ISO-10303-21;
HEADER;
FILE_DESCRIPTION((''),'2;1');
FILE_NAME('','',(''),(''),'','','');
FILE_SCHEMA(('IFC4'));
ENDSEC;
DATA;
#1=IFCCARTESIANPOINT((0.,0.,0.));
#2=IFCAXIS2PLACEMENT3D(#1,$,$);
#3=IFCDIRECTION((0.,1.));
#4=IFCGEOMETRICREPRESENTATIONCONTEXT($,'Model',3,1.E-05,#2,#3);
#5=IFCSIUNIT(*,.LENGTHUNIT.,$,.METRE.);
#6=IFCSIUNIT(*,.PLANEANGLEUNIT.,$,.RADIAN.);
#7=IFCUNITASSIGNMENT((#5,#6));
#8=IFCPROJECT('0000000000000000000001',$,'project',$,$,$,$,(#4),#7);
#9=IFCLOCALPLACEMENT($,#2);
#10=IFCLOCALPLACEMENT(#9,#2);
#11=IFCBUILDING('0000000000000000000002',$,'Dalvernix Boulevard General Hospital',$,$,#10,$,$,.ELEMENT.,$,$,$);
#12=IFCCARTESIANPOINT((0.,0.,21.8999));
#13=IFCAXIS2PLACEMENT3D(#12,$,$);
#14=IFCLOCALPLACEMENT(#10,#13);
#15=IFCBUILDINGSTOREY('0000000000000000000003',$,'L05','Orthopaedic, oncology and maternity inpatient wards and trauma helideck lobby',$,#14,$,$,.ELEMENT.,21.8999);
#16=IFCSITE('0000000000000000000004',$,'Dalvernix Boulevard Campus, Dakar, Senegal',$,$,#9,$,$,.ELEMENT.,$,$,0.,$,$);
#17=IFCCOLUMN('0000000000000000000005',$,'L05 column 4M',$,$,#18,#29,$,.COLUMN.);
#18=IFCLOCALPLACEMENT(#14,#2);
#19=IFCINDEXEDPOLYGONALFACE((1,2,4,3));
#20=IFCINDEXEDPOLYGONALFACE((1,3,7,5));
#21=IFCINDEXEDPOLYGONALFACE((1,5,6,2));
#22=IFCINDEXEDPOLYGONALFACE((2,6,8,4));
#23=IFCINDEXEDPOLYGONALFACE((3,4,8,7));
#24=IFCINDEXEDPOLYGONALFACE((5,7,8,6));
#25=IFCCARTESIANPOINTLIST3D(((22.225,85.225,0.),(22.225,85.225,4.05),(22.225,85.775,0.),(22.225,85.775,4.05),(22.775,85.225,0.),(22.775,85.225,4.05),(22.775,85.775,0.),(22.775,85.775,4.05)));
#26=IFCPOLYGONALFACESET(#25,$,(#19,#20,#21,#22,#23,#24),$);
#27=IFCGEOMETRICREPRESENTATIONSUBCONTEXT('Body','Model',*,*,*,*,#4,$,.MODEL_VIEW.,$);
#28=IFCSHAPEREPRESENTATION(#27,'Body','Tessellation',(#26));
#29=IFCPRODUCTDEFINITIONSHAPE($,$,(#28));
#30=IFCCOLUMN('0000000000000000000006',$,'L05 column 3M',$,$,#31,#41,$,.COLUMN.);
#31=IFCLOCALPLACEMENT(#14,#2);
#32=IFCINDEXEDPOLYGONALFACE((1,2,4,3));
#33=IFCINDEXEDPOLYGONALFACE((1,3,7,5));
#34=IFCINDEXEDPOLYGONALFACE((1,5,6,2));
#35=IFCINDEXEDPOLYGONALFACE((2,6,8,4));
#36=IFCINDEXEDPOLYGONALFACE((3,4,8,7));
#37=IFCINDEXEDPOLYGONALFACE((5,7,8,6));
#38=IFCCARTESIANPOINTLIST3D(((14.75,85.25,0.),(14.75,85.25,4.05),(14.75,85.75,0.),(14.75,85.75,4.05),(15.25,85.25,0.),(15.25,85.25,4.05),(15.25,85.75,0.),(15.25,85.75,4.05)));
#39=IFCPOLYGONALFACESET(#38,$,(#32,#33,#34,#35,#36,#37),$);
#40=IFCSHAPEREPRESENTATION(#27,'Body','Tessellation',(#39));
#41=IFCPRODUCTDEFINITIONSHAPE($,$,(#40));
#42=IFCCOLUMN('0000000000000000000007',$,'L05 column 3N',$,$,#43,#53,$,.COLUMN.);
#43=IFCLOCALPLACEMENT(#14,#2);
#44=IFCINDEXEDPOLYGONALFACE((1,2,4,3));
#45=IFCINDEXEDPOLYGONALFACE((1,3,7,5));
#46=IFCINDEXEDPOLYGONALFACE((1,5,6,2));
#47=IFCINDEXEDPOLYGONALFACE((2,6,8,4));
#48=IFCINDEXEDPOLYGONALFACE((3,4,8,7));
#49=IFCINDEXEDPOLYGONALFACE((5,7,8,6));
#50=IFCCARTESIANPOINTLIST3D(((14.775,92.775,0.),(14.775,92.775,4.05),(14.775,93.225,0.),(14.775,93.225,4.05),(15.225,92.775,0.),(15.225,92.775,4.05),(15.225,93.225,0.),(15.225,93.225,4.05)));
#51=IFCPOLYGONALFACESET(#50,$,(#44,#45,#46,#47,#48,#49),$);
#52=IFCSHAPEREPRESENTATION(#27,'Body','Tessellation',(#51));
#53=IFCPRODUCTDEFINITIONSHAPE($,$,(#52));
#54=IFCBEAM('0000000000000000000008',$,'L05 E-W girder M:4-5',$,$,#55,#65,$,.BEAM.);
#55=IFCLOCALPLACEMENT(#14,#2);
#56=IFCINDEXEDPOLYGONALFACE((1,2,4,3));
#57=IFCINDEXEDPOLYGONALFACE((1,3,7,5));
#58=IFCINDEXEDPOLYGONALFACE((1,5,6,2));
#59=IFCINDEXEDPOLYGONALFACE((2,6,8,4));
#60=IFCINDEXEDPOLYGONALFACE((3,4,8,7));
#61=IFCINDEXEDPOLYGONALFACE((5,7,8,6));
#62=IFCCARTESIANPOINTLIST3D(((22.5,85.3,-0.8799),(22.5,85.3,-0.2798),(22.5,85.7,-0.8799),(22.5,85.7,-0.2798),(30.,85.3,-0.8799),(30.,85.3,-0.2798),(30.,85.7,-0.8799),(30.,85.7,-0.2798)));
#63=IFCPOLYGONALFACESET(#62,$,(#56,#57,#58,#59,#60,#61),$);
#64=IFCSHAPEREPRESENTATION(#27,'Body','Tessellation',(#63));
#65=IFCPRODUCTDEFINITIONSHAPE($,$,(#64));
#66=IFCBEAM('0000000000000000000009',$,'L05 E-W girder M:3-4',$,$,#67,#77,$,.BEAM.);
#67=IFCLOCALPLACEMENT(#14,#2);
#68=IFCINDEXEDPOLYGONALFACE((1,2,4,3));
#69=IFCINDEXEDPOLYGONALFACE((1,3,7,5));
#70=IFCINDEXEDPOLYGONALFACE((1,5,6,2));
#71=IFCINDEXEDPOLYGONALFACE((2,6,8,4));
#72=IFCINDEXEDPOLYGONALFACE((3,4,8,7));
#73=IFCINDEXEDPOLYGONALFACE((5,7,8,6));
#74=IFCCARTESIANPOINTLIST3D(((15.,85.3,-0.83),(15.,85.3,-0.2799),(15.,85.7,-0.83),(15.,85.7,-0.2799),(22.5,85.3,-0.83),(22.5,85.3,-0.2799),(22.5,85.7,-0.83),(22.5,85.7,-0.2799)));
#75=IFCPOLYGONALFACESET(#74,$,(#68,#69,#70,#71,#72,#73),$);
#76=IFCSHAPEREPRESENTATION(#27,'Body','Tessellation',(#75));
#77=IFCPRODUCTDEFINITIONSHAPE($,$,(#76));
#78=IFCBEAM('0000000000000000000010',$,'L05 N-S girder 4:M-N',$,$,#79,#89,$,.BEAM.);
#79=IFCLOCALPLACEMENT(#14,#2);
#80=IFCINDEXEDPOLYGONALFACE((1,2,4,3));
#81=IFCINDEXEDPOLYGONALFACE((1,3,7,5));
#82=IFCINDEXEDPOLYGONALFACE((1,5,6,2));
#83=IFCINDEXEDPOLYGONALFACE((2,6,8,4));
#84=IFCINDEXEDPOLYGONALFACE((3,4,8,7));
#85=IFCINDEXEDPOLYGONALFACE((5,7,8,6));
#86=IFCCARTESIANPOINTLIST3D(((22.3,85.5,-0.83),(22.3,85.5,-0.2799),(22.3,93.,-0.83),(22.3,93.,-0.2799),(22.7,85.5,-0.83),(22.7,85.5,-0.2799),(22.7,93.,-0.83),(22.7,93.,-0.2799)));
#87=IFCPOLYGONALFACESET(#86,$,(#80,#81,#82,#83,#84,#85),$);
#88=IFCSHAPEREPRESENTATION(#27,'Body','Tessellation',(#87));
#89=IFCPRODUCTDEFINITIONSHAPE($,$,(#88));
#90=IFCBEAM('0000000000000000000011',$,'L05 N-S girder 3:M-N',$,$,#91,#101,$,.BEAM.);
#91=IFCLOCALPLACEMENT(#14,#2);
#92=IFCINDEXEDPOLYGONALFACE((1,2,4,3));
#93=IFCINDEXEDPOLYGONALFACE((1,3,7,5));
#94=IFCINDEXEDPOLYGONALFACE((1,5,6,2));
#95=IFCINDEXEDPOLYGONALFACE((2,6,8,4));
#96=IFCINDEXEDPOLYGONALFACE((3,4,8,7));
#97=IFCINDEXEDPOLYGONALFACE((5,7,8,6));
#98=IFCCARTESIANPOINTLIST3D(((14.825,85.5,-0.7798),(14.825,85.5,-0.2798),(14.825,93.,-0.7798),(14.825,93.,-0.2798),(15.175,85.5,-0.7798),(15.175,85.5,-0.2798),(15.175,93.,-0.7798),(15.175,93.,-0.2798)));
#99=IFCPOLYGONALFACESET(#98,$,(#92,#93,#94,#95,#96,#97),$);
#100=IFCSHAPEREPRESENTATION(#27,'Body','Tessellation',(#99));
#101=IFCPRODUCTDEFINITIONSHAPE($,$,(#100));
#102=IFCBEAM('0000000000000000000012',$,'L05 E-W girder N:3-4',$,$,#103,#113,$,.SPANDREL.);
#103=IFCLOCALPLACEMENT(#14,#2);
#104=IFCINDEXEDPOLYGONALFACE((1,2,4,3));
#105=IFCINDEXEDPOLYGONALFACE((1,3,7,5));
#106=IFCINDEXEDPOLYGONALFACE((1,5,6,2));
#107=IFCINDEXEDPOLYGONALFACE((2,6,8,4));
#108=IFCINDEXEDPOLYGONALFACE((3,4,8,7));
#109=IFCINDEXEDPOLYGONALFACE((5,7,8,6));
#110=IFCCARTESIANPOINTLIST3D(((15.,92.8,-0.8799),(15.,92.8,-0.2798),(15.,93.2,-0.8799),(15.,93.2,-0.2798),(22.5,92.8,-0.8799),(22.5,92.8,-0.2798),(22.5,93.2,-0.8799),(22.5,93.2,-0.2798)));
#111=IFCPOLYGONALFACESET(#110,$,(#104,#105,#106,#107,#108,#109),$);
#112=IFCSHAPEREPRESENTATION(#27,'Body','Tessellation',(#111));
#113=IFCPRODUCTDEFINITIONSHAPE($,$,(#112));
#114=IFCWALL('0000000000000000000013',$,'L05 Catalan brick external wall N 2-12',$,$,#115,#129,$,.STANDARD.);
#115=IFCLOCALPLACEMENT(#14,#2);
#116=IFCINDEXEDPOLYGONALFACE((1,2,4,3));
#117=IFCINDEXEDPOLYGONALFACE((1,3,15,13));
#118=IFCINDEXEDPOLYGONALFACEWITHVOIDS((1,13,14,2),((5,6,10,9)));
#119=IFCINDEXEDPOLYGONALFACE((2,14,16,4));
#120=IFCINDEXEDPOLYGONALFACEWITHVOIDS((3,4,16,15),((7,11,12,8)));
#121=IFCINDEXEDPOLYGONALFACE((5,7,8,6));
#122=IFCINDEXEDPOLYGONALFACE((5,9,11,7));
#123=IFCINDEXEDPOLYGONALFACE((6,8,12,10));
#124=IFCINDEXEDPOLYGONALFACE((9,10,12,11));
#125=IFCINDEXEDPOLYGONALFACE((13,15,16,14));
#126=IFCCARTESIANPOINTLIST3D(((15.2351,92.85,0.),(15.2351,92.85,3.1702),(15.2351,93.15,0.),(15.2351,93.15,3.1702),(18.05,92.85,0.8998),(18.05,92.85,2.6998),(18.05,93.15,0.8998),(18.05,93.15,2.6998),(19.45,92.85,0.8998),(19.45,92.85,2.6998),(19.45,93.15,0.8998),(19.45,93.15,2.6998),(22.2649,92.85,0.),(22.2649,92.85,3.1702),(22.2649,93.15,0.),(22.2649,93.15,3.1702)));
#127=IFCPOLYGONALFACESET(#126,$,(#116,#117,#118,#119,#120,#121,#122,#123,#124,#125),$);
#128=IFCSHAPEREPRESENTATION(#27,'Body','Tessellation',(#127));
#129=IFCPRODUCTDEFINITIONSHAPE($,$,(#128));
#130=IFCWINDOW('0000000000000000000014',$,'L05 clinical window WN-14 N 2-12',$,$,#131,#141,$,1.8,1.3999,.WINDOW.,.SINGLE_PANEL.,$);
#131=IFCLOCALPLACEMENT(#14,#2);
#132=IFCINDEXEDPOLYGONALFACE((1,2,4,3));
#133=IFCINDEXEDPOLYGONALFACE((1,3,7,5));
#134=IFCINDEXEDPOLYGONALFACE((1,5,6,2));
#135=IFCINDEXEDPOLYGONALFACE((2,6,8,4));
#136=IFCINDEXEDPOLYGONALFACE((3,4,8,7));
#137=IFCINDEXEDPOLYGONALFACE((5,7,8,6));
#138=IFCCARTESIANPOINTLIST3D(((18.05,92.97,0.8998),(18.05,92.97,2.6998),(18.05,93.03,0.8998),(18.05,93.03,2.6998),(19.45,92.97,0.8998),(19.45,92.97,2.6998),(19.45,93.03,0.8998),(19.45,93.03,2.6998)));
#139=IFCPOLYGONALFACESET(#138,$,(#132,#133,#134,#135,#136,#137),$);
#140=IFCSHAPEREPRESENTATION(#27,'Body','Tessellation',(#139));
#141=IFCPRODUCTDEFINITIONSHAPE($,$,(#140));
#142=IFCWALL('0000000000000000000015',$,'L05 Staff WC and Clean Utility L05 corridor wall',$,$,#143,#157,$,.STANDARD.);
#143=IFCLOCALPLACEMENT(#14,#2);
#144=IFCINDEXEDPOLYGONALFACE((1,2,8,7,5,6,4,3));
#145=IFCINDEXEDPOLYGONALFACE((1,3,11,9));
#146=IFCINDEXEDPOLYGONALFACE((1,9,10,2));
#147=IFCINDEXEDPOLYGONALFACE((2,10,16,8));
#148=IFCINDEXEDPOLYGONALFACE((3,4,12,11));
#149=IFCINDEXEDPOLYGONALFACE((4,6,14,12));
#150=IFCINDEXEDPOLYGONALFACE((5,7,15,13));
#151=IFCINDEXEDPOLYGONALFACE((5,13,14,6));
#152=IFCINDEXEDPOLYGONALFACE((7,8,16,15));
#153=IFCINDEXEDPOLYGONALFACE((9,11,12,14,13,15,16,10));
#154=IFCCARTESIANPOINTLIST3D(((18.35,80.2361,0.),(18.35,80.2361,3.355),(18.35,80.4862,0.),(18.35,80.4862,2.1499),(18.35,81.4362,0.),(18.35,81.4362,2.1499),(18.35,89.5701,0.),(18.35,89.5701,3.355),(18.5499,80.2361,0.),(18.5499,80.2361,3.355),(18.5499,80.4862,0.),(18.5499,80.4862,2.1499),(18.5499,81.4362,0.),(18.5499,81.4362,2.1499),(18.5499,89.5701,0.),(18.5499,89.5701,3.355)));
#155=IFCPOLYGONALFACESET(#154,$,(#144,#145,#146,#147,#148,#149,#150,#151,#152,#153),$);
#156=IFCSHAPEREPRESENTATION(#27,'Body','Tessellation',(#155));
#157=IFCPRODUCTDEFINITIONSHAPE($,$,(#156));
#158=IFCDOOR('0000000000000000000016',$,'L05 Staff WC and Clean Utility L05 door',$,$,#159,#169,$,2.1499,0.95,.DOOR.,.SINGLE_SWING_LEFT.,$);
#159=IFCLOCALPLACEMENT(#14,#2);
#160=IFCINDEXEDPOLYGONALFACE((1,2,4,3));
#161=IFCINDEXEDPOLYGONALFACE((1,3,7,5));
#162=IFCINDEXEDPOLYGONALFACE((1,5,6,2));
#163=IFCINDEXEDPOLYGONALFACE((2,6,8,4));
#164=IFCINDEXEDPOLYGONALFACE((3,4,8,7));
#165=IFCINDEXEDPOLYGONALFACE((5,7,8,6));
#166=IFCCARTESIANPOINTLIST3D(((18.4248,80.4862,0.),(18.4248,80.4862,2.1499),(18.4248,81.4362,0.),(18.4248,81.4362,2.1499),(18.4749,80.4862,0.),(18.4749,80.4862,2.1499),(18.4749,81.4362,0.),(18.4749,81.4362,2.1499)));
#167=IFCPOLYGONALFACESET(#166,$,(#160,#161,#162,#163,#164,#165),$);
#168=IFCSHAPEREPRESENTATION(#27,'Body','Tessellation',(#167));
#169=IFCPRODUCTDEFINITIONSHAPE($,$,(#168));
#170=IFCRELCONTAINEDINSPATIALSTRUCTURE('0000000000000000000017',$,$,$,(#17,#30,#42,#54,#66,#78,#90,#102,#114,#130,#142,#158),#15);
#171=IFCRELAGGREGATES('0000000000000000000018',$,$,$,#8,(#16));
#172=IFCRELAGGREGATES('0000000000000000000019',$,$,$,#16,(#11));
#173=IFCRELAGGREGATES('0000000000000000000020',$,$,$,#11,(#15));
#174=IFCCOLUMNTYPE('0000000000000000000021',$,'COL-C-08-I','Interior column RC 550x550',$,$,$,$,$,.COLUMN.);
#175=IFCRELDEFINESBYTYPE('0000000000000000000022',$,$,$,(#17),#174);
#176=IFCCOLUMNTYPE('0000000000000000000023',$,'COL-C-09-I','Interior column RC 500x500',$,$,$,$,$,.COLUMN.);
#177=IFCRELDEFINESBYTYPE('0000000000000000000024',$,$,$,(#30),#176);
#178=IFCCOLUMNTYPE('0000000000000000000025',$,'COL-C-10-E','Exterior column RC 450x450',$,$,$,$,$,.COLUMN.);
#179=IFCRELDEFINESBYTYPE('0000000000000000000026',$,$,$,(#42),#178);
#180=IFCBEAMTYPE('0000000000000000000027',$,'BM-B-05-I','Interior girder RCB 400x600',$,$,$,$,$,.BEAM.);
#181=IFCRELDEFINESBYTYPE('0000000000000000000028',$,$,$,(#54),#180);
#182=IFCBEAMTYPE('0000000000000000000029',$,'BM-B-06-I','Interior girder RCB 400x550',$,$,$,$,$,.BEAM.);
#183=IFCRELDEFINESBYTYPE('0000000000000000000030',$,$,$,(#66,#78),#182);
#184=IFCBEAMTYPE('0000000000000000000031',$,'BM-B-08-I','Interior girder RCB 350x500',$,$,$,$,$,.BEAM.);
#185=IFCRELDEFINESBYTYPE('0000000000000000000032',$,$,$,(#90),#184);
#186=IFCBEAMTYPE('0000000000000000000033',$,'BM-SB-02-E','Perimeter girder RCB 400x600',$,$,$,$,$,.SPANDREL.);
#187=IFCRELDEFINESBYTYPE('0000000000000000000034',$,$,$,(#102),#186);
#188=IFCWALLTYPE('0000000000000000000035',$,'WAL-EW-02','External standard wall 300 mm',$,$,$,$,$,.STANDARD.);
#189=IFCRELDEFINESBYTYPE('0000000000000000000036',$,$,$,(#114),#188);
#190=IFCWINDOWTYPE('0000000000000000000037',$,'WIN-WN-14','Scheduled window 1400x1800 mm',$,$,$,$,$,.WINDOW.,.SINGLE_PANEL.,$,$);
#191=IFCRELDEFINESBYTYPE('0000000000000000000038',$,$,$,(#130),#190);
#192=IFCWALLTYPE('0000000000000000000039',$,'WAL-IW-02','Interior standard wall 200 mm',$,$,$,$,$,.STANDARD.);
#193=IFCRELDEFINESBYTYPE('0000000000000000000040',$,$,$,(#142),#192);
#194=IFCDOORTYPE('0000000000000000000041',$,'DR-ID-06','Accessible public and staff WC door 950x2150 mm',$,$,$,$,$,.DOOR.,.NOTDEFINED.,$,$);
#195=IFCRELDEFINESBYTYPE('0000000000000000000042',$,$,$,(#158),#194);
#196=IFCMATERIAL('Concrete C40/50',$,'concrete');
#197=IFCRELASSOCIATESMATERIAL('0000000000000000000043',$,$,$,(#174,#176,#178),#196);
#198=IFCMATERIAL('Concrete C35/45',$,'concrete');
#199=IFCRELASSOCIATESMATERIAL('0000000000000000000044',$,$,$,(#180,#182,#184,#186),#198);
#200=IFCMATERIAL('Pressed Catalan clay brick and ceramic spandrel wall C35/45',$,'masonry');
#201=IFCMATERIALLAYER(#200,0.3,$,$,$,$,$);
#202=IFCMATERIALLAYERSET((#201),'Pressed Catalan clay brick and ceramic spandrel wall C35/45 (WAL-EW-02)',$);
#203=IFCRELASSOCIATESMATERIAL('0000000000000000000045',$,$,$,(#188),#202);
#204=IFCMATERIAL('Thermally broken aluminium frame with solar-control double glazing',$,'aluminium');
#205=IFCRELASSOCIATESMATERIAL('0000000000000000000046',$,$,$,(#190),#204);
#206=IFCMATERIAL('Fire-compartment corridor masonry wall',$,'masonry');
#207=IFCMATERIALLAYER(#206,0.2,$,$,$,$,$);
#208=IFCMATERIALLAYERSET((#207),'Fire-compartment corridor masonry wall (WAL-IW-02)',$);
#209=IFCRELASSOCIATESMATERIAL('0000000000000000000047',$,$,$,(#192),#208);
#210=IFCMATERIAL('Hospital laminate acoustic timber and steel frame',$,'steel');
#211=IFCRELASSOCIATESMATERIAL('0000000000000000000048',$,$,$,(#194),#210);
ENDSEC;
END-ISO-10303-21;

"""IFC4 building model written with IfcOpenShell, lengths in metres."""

from ifc_helpers import new_model, si_unit, direction, frame, frame_2d, origin, origin_2d, place, context, subcontext, project, spatial, rectangle, extrude, material, layer, layer_set, material_profile, profile_set, type_object, element, fill, save


model = new_model("IFC4")

# Units and contexts
model_context = context("Model", 3, precision=1e-05, world=origin(), true_north=direction((0.0, 1.0)))
body_context = subcontext(model_context, "Body", "Model", "MODEL_VIEW")
ifc_project = project(units=[si_unit("LENGTHUNIT", "METRE"), si_unit("PLANEANGLEUNIT", "RADIAN")], contexts=[model_context])

# Site, building, storey
site_placement = place(None, origin())
site = spatial("IfcSite", under=ifc_project, at=site_placement, Name="Dalvernix Boulevard Campus, Dakar, Senegal", CompositionType="ELEMENT", RefElevation=0.0)
building_placement = place(site_placement, origin())
building = spatial("IfcBuilding", under=site, at=building_placement, Name="Dalvernix Boulevard General Hospital", CompositionType="ELEMENT")
storey_placement = place(building_placement, frame((0.0, 0.0, 21.8999)))
storey = spatial("IfcBuildingStorey", under=building, at=storey_placement, Name="L05", Description="Orthopaedic, oncology and maternity inpatient wards and trauma helideck lobby", CompositionType="ELEMENT", Elevation=21.8999)

# Columns
ifc_material_1 = material(Name="Concrete C40/50", Category="concrete")
ifc_material_profile_1 = material_profile(ifc_material_1, rectangle(XDim=0.55, YDim=0.55, at=origin_2d()), Name="RC 550x550")
ifc_profile_set_1 = profile_set([ifc_material_profile_1], Name="Concrete C40/50")
column_type_1 = type_object("IfcColumnType", Name="COL-C-08-I", Description="Interior column RC 550x550", PredefinedType="COLUMN", material=ifc_profile_set_1)
column_1_placement = place(storey_placement, frame((22.5, 85.5, 0.0), z_axis=(0.0, 0.0, 1.0), x_axis=(1.0, 0.0, 0.0)))
element("IfcColumn", 1, at=column_1_placement, inside=storey, type_object=column_type_1, Name="L05 column 4M", PredefinedType="COLUMN", context=body_context, shape_type="SweptSolid", body=[
    extrude(rectangle(XDim=0.55, YDim=0.55, at=origin_2d()), origin(), (0.0, 0.0, 1.0), 4.05),
])
ifc_material_profile_2 = material_profile(ifc_material_1, rectangle(XDim=0.5, YDim=0.5, at=origin_2d()), Name="RC 500x500")
ifc_profile_set_2 = profile_set([ifc_material_profile_2], Name="Concrete C40/50")
column_type_2 = type_object("IfcColumnType", Name="COL-C-09-I", Description="Interior column RC 500x500", PredefinedType="COLUMN", material=ifc_profile_set_2)
column_2_placement = place(storey_placement, frame((15.0, 85.5, 0.0), z_axis=(0.0, 0.0, 1.0), x_axis=(1.0, 0.0, 0.0)))
element("IfcColumn", 2, at=column_2_placement, inside=storey, type_object=column_type_2, Name="L05 column 3M", PredefinedType="COLUMN", context=body_context, shape_type="SweptSolid", body=[
    extrude(rectangle(XDim=0.5, YDim=0.5, at=origin_2d()), origin(), (0.0, 0.0, 1.0), 4.05),
])
ifc_material_profile_3 = material_profile(ifc_material_1, rectangle(XDim=0.45, YDim=0.45, at=origin_2d()), Name="RC 450x450")
ifc_profile_set_3 = profile_set([ifc_material_profile_3], Name="Concrete C40/50")
column_type_3 = type_object("IfcColumnType", Name="COL-C-10-E", Description="Exterior column RC 450x450", PredefinedType="COLUMN", material=ifc_profile_set_3)
column_3_placement = place(storey_placement, frame((15.0, 93.0, 0.0), z_axis=(0.0, 0.0, 1.0), x_axis=(1.0, 0.0, 0.0)))
element("IfcColumn", 3, at=column_3_placement, inside=storey, type_object=column_type_3, Name="L05 column 3N", PredefinedType="COLUMN", context=body_context, shape_type="SweptSolid", body=[
    extrude(rectangle(XDim=0.45, YDim=0.45, at=origin_2d()), origin(), (0.0, 0.0, 1.0), 4.05),
])

# Beams
ifc_material_2 = material(Name="Concrete C35/45", Category="concrete")
ifc_material_profile_4 = material_profile(ifc_material_2, rectangle(XDim=0.3999, YDim=0.6001, at=origin_2d()), Name="RCB 400x600")
ifc_profile_set_4 = profile_set([ifc_material_profile_4], Name="Concrete C35/45")
beam_type_1 = type_object("IfcBeamType", Name="BM-B-05-I", Description="Interior girder RCB 400x600", PredefinedType="BEAM", material=ifc_profile_set_4)
beam_1_placement = place(storey_placement, frame((22.5, 85.5, -0.5798), z_axis=(1.0, 0.0, 0.0), x_axis=(0.0, 1.0, 0.0)))
element("IfcBeam", 4, at=beam_1_placement, inside=storey, type_object=beam_type_1, Name="L05 E-W girder M:4-5", PredefinedType="BEAM", context=body_context, shape_type="SweptSolid", body=[
    extrude(rectangle(XDim=0.3999, YDim=0.6001, at=origin_2d()), origin(), (0.0, 0.0, 1.0), 7.5),
])
ifc_material_profile_5 = material_profile(ifc_material_2, rectangle(XDim=0.3999, YDim=0.55, at=origin_2d()), Name="RCB 400x550")
ifc_profile_set_5 = profile_set([ifc_material_profile_5], Name="Concrete C35/45")
beam_type_2 = type_object("IfcBeamType", Name="BM-B-06-I", Description="Interior girder RCB 400x550", PredefinedType="BEAM", material=ifc_profile_set_5)
for number, where, z_axis, x_axis, name in (
    (5, (15.0, 85.5, -0.5549), (1.0, 0.0, 0.0), (0.0, 1.0, 0.0), "L05 E-W girder M:3-4"),
    (6, (22.5, 85.5, -0.5549), (0.0, 1.0, 0.0), (-1.0, 0.0, 0.0), "L05 N-S girder 4:M-N"),
):
    element("IfcBeam", number, at=place(storey_placement, frame(where, z_axis=z_axis, x_axis=x_axis)), inside=storey, type_object=beam_type_2, Name=name, PredefinedType="BEAM", context=body_context, shape_type="SweptSolid", body=[
        extrude(rectangle(XDim=0.3999, YDim=0.55, at=origin_2d()), origin(), (0.0, 0.0, 1.0), 7.5),
    ])
ifc_material_profile_6 = material_profile(ifc_material_2, rectangle(XDim=0.3501, YDim=0.5, at=origin_2d()), Name="RCB 350x500")
ifc_profile_set_6 = profile_set([ifc_material_profile_6], Name="Concrete C35/45")
beam_type_3 = type_object("IfcBeamType", Name="BM-B-08-I", Description="Interior girder RCB 350x500", PredefinedType="BEAM", material=ifc_profile_set_6)
beam_2_placement = place(storey_placement, frame((15.0, 85.5, -0.5298), z_axis=(0.0, 1.0, 0.0), x_axis=(-1.0, 0.0, 0.0)))
element("IfcBeam", 7, at=beam_2_placement, inside=storey, type_object=beam_type_3, Name="L05 N-S girder 3:M-N", PredefinedType="BEAM", context=body_context, shape_type="SweptSolid", body=[
    extrude(rectangle(XDim=0.3501, YDim=0.5, at=origin_2d()), origin(), (0.0, 0.0, 1.0), 7.5),
])
ifc_material_profile_7 = material_profile(ifc_material_2, rectangle(XDim=0.3999, YDim=0.6001, at=origin_2d()), Name="RCB 400x600")
ifc_profile_set_7 = profile_set([ifc_material_profile_7], Name="Concrete C35/45")
beam_type_4 = type_object("IfcBeamType", Name="BM-SB-02-E", Description="Perimeter girder RCB 400x600", PredefinedType="SPANDREL", material=ifc_profile_set_7)
beam_3_placement = place(storey_placement, frame((15.0, 93.0, -0.5798), z_axis=(1.0, 0.0, 0.0), x_axis=(0.0, 1.0, 0.0)))
element("IfcBeam", 8, at=beam_3_placement, inside=storey, type_object=beam_type_4, Name="L05 E-W girder N:3-4", PredefinedType="SPANDREL", context=body_context, shape_type="SweptSolid", body=[
    extrude(rectangle(XDim=0.3999, YDim=0.6001, at=origin_2d()), origin(), (0.0, 0.0, 1.0), 7.5),
])

# Wall, opening, window
ifc_material_3 = material(Name="Pressed Catalan clay brick and ceramic spandrel wall C35/45", Category="masonry")
ifc_layer_1 = layer(ifc_material_3, 0.3)
ifc_layer_set_1 = layer_set([ifc_layer_1], Name="Pressed Catalan clay brick and ceramic spandrel wall C35/45 (WAL-EW-02)")
wall_type_1 = type_object("IfcWallType", Name="WAL-EW-02", Description="External standard wall 300 mm", PredefinedType="STANDARD", material=ifc_layer_set_1)
wall_1_placement = place(storey_placement, frame((15.2351, 93.0, 0.0), z_axis=(0.0, 0.0, 1.0), x_axis=(1.0, 0.0, 0.0)))
wall_1 = element("IfcWall", 9, at=wall_1_placement, inside=storey, type_object=wall_type_1, Name="L05 Catalan brick external wall N 2-12", PredefinedType="STANDARD", context=body_context, shape_type="SweptSolid", body=[
    extrude(rectangle(XDim=7.0298, YDim=0.3, at=frame_2d((3.5149, 0.0))), origin(), (0.0, 0.0, 1.0), 3.1702),
])
opening_1_placement = place(wall_1_placement, frame((2.8149, 0.0, 0.8999)))
opening_1 = element("IfcOpeningElement", 10, at=opening_1_placement, cuts=wall_1, PredefinedType="OPENING", context=body_context, shape_type="SweptSolid", body=[
    extrude(rectangle(XDim=1.3999, YDim=1.8, at=frame_2d((0.7, 0.8999))), frame((0.0, 0.1599, 0.0), z_axis=(0.0, -1.0, 0.0), x_axis=(1.0, 0.0, 0.0)), (0.0, 0.0, 1.0), 0.3201),
])
ifc_material_4 = material(Name="Thermally broken aluminium frame with solar-control double glazing", Category="aluminium")
window_type = type_object("IfcWindowType", Name="WIN-WN-14", Description="Scheduled window 1400x1800 mm", PartitioningType="SINGLE_PANEL", PredefinedType="WINDOW", material=ifc_material_4)
window_placement = place(opening_1_placement, origin())
window = element("IfcWindow", 11, at=window_placement, inside=storey, type_object=window_type, Name="L05 clinical window WN-14 N 2-12", OverallHeight=1.8, OverallWidth=1.3999, PartitioningType="SINGLE_PANEL", PredefinedType="WINDOW", context=body_context, shape_type="SweptSolid", body=[
    extrude(rectangle(XDim=1.3999, YDim=1.8, at=frame_2d((0.7, 0.8999))), frame((0.0, 0.03, 0.0), z_axis=(0.0, -1.0, 0.0), x_axis=(1.0, 0.0, 0.0)), (0.0, 0.0, 1.0), 0.0601),
])
fill(opening_1, window)

# Wall, opening, door
ifc_material_5 = material(Name="Fire-compartment corridor masonry wall", Category="masonry")
ifc_layer_2 = layer(ifc_material_5, 0.2)
ifc_layer_set_2 = layer_set([ifc_layer_2], Name="Fire-compartment corridor masonry wall (WAL-IW-02)")
wall_type_2 = type_object("IfcWallType", Name="WAL-IW-02", Description="Interior standard wall 200 mm", PredefinedType="STANDARD", material=ifc_layer_set_2)
wall_2_placement = place(storey_placement, frame((18.45, 89.5701, 0.0), z_axis=(0.0, 0.0, 1.0), x_axis=(0.0, -1.0, 0.0)))
wall_2 = element("IfcWall", 12, at=wall_2_placement, inside=storey, type_object=wall_type_2, Name="L05 Staff WC and Clean Utility L05 corridor wall", PredefinedType="STANDARD", context=body_context, shape_type="SweptSolid", body=[
    extrude(rectangle(XDim=9.334, YDim=0.2, at=frame_2d((4.667, 0.0))), origin(), (0.0, 0.0, 1.0), 3.355),
])
opening_2_placement = place(wall_2_placement, frame((8.1338, 0.0, 0.0)))
opening_2 = element("IfcOpeningElement", 13, at=opening_2_placement, cuts=wall_2, PredefinedType="OPENING", context=body_context, shape_type="SweptSolid", body=[
    extrude(rectangle(XDim=0.95, YDim=2.1499, at=frame_2d((0.4751, 1.075))), frame((0.0, 0.1099, 0.0), z_axis=(0.0, -1.0, 0.0), x_axis=(1.0, 0.0, 0.0)), (0.0, 0.0, 1.0), 0.22),
])
ifc_material_6 = material(Name="Hospital laminate acoustic timber and steel frame", Category="steel")
door_type = type_object("IfcDoorType", Name="DR-ID-06", Description="Accessible public and staff WC door 950x2150 mm", OperationType="NOTDEFINED", PredefinedType="DOOR", material=ifc_material_6)
door_placement = place(opening_2_placement, origin())
door = element("IfcDoor", 14, at=door_placement, inside=storey, type_object=door_type, Name="L05 Staff WC and Clean Utility L05 door", OperationType="SINGLE_SWING_LEFT", OverallHeight=2.1499, OverallWidth=0.95, PredefinedType="DOOR", context=body_context, shape_type="SweptSolid", body=[
    extrude(rectangle(XDim=0.95, YDim=2.1499, at=frame_2d((0.4751, 1.075))), frame((0.0, 0.0249, 0.0), z_axis=(0.0, -1.0, 0.0), x_axis=(1.0, 0.0, 0.0)), (0.0, 0.0, 1.0), 0.05),
])
fill(opening_2, door)

save(model, "model.ifc")
